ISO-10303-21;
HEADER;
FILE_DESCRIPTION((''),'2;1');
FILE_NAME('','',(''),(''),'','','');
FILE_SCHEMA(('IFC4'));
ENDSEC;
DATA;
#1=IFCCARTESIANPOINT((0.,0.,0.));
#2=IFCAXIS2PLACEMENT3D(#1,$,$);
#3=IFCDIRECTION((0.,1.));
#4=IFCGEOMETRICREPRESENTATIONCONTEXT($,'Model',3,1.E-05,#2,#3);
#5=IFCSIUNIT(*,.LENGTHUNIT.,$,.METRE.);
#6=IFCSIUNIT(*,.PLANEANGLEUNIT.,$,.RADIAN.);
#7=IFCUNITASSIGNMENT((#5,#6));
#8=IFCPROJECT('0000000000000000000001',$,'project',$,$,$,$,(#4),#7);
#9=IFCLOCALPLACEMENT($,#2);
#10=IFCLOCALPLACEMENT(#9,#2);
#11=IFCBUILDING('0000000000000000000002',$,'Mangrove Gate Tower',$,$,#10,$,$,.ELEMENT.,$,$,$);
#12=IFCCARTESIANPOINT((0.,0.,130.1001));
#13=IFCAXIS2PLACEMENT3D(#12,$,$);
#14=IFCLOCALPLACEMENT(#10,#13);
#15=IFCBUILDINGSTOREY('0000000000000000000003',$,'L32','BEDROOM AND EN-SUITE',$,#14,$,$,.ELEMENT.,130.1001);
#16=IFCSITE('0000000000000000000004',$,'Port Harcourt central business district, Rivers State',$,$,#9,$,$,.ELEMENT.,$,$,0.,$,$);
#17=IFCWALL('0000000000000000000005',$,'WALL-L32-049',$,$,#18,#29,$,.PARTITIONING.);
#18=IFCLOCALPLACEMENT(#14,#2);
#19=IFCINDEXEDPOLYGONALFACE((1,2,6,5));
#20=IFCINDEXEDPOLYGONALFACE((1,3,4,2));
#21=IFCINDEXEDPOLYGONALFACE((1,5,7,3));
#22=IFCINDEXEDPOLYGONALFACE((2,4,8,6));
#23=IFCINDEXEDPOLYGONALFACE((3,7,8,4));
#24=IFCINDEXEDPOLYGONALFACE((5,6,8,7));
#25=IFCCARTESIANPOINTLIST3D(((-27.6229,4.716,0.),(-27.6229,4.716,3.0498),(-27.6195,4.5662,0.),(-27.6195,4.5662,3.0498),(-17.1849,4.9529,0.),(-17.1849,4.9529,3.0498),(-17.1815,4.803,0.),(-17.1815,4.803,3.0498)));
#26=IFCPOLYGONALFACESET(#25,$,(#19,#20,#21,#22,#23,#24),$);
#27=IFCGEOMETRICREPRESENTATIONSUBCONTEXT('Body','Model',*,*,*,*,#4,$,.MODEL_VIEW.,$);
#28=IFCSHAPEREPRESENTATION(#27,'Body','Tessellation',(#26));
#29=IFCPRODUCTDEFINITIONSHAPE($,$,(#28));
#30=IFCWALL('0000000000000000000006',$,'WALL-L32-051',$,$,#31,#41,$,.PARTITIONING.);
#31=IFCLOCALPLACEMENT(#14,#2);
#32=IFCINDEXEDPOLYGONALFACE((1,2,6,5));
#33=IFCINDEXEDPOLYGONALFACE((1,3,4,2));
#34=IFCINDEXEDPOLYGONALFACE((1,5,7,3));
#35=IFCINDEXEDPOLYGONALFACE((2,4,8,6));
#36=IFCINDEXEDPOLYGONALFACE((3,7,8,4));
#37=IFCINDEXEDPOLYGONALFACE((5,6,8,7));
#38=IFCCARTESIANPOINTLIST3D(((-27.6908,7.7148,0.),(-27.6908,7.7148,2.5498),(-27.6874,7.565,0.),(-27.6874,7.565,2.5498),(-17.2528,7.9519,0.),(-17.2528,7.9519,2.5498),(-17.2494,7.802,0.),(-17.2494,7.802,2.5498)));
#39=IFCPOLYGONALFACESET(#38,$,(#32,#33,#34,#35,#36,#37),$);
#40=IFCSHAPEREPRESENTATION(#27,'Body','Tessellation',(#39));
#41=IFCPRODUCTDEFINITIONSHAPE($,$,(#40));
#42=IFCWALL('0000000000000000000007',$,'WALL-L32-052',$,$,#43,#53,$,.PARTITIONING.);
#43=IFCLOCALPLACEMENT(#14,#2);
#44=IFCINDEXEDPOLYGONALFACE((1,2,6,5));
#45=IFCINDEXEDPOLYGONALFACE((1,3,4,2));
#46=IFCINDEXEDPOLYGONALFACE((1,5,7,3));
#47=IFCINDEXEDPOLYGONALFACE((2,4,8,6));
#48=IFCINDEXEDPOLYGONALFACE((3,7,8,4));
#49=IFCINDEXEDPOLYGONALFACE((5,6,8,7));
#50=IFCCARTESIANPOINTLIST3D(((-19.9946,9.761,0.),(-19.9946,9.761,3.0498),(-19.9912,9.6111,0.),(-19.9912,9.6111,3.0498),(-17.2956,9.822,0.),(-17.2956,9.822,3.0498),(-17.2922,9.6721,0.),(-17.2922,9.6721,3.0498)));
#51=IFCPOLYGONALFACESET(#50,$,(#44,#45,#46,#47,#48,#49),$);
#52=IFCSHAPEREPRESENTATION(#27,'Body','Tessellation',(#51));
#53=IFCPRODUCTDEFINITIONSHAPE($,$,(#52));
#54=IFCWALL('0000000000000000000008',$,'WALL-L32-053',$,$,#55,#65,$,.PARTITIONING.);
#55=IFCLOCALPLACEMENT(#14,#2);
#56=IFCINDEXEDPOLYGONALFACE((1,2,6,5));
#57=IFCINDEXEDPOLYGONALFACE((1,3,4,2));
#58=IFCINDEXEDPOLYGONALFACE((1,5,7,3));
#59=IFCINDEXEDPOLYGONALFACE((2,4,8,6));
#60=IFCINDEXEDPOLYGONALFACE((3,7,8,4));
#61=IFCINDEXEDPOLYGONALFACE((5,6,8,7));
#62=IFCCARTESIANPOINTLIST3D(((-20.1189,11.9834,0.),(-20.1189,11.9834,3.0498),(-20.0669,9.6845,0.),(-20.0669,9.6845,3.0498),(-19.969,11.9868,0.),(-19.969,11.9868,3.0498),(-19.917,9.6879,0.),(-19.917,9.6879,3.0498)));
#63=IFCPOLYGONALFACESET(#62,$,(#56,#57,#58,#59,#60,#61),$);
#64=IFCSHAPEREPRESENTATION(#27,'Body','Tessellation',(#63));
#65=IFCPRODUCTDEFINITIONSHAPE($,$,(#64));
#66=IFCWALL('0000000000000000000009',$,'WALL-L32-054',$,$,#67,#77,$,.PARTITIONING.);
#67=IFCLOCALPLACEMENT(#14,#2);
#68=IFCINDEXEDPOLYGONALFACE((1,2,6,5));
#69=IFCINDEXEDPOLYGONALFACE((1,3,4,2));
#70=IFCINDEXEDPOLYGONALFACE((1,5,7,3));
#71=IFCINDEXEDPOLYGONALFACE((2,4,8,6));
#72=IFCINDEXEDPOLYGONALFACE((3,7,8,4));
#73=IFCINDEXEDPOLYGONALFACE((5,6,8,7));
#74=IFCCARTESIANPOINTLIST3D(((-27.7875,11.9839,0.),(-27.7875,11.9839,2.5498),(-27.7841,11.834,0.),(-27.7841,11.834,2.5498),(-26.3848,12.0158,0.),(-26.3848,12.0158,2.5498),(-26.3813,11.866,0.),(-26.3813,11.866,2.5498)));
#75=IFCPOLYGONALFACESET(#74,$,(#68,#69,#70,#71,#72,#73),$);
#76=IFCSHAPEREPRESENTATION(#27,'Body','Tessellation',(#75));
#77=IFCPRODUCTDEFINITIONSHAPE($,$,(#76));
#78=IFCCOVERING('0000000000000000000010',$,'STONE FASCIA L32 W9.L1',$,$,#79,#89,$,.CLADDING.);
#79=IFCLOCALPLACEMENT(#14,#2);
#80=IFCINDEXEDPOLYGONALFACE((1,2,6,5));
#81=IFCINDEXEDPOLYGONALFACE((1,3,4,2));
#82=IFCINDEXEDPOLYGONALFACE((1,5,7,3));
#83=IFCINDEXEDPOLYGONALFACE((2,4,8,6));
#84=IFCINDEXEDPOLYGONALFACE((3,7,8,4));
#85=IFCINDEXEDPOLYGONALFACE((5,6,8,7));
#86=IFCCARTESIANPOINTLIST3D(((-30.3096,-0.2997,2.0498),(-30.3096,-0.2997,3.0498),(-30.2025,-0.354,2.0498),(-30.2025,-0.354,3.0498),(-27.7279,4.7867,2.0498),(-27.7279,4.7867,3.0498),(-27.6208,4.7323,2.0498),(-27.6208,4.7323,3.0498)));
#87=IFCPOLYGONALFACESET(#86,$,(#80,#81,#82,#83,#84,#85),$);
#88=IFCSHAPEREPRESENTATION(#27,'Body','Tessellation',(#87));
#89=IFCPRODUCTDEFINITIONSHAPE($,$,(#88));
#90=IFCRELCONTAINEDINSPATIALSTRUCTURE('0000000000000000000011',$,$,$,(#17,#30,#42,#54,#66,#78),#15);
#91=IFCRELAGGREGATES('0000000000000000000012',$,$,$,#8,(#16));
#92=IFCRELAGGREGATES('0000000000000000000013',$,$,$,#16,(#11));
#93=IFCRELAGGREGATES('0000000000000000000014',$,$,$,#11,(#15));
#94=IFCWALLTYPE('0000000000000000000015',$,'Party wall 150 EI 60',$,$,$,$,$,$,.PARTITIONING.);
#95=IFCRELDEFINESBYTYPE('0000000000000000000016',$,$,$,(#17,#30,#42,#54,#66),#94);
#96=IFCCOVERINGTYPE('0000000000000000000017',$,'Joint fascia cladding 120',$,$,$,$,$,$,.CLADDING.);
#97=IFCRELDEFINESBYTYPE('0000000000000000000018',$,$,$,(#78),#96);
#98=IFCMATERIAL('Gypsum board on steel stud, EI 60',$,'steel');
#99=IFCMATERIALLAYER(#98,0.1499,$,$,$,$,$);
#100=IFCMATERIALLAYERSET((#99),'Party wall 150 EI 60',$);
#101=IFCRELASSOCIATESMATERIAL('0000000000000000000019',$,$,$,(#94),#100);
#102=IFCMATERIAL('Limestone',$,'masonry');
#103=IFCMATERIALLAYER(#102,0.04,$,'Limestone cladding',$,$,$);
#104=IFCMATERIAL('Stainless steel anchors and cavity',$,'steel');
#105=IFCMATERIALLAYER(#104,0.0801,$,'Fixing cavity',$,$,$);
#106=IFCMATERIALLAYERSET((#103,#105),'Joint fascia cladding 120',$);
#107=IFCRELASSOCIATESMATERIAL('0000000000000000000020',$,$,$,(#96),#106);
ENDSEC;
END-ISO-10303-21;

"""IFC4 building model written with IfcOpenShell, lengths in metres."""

from ifc_helpers import new_model, si_unit, direction, frame, frame_2d, origin, place, context, subcontext, project, spatial, rectangle, extrude, material, layer, layer_set, type_object, element, save


model = new_model("IFC4")

# Units and contexts
model_context = context("Model", 3, precision=1e-05, world=origin(), true_north=direction((0.0, 1.0)))
body_context = subcontext(model_context, "Body", "Model", "MODEL_VIEW")
ifc_project = project(units=[si_unit("LENGTHUNIT", "METRE"), si_unit("PLANEANGLEUNIT", "RADIAN")], contexts=[model_context])

# Site, building, storey
site_placement = place(None, origin())
site = spatial("IfcSite", under=ifc_project, at=site_placement, Name="Port Harcourt central business district, Rivers State", CompositionType="ELEMENT", RefElevation=0.0)
building_placement = place(site_placement, origin())
building = spatial("IfcBuilding", under=site, at=building_placement, Name="Mangrove Gate Tower", CompositionType="ELEMENT")
storey_placement = place(building_placement, frame((0.0, 0.0, 130.1001)))
storey = spatial("IfcBuildingStorey", under=building, at=storey_placement, Name="L32", Description="BEDROOM AND EN-SUITE", CompositionType="ELEMENT", Elevation=130.1001)

# Shared definitions
ifc_material_1 = material(Name="Limestone", Category="masonry")

# Walls
ifc_material_2 = material(Name="Gypsum board on steel stud, EI 60", Category="steel")
ifc_layer_1 = layer(ifc_material_2, 0.1499)
ifc_layer_set_1 = layer_set([ifc_layer_1], Name="Party wall 150 EI 60")
wall_type_1 = type_object("IfcWallType", Name="Party wall 150 EI 60", PredefinedType="PARTITIONING", material=ifc_layer_set_1)
wall_1_placement = place(storey_placement, frame((-27.6211, 4.6411, 0.0), z_axis=(0.0, 0.0, 1.0), x_axis=(0.999743, 0.022682, 0.0)))
element("IfcWall", 1, at=wall_1_placement, inside=storey, type_object=wall_type_1, Name="WALL-L32-049", PredefinedType="PARTITIONING", context=body_context, shape_type="SweptSolid", body=[
    extrude(rectangle(XDim=10.4407, YDim=0.1499, at=frame_2d((5.2202, 0.0))), origin(), (0.0, 0.0, 1.0), 3.0498),
])
wall_2_placement = place(storey_placement, frame((-27.689, 7.6399, 0.0), z_axis=(0.0, 0.0, 1.0), x_axis=(0.999742, 0.022705, 0.0)))
element("IfcWall", 2, at=wall_2_placement, inside=storey, type_object=wall_type_1, Name="WALL-L32-051", PredefinedType="PARTITIONING", context=body_context, shape_type="SweptSolid", body=[
    extrude(rectangle(XDim=10.4407, YDim=0.1499, at=frame_2d((5.2202, 0.0))), origin(), (0.0, 0.0, 1.0), 2.5498),
])
wall_3_placement = place(storey_placement, frame((-19.9929, 9.686, 0.0), z_axis=(0.0, 0.0, 1.0), x_axis=(0.999744, 0.022608, 0.0)))
element("IfcWall", 3, at=wall_3_placement, inside=storey, type_object=wall_type_1, Name="WALL-L32-052", PredefinedType="PARTITIONING", context=body_context, shape_type="SweptSolid", body=[
    extrude(rectangle(XDim=2.6997, YDim=0.1499, at=frame_2d((1.3499, 0.0))), origin(), (0.0, 0.0, 1.0), 3.0498),
])
wall_4_placement = place(storey_placement, frame((-19.9919, 9.686, 0.0), z_axis=(0.0, 0.0, 1.0), x_axis=(-0.022613, 0.999744, 0.0)))
element("IfcWall", 4, at=wall_4_placement, inside=storey, type_object=wall_type_1, Name="WALL-L32-053", PredefinedType="PARTITIONING", context=body_context, shape_type="SweptSolid", body=[
    extrude(rectangle(XDim=2.2996, YDim=0.1499, at=frame_2d((1.1499, 0.0))), origin(), (0.0, 0.0, 1.0), 3.0498),
])
wall_5_placement = place(storey_placement, frame((-27.7859, 11.9089, 0.0), z_axis=(0.0, 0.0, 1.0), x_axis=(0.99974, 0.022793, 0.0)))
element("IfcWall", 5, at=wall_5_placement, inside=storey, type_object=wall_type_1, Name="WALL-L32-054", PredefinedType="PARTITIONING", context=body_context, shape_type="SweptSolid", body=[
    extrude(rectangle(XDim=1.4031, YDim=0.1499, at=frame_2d((0.7017, 0.0))), origin(), (0.0, 0.0, 1.0), 2.5498),
])

# Covering
ifc_layer_2 = layer(ifc_material_1, 0.04, Name="Limestone cladding")
ifc_material_3 = material(Name="Stainless steel anchors and cavity", Category="steel")
ifc_layer_3 = layer(ifc_material_3, 0.0801, Name="Fixing cavity")
ifc_layer_set_2 = layer_set([ifc_layer_2, ifc_layer_3], Name="Joint fascia cladding 120")
covering_type = type_object("IfcCoveringType", Name="Joint fascia cladding 120", PredefinedType="CLADDING", material=ifc_layer_set_2)
covering_placement = place(storey_placement, frame((-27.6743, 4.7595, 2.0498), z_axis=(0.0, 0.0, 1.0), x_axis=(-0.452615, -0.891706, 0.0)))
element("IfcCovering", 6, at=covering_placement, inside=storey, type_object=covering_type, Name="STONE FASCIA L32 W9.L1", PredefinedType="CLADDING", context=body_context, shape_type="SweptSolid", body=[
    extrude(rectangle(XDim=5.7041, YDim=0.1201, at=frame_2d((2.8521, 0.0))), origin(), (0.0, 0.0, 1.0), 1.0),
])

save(model, "model.ifc")
